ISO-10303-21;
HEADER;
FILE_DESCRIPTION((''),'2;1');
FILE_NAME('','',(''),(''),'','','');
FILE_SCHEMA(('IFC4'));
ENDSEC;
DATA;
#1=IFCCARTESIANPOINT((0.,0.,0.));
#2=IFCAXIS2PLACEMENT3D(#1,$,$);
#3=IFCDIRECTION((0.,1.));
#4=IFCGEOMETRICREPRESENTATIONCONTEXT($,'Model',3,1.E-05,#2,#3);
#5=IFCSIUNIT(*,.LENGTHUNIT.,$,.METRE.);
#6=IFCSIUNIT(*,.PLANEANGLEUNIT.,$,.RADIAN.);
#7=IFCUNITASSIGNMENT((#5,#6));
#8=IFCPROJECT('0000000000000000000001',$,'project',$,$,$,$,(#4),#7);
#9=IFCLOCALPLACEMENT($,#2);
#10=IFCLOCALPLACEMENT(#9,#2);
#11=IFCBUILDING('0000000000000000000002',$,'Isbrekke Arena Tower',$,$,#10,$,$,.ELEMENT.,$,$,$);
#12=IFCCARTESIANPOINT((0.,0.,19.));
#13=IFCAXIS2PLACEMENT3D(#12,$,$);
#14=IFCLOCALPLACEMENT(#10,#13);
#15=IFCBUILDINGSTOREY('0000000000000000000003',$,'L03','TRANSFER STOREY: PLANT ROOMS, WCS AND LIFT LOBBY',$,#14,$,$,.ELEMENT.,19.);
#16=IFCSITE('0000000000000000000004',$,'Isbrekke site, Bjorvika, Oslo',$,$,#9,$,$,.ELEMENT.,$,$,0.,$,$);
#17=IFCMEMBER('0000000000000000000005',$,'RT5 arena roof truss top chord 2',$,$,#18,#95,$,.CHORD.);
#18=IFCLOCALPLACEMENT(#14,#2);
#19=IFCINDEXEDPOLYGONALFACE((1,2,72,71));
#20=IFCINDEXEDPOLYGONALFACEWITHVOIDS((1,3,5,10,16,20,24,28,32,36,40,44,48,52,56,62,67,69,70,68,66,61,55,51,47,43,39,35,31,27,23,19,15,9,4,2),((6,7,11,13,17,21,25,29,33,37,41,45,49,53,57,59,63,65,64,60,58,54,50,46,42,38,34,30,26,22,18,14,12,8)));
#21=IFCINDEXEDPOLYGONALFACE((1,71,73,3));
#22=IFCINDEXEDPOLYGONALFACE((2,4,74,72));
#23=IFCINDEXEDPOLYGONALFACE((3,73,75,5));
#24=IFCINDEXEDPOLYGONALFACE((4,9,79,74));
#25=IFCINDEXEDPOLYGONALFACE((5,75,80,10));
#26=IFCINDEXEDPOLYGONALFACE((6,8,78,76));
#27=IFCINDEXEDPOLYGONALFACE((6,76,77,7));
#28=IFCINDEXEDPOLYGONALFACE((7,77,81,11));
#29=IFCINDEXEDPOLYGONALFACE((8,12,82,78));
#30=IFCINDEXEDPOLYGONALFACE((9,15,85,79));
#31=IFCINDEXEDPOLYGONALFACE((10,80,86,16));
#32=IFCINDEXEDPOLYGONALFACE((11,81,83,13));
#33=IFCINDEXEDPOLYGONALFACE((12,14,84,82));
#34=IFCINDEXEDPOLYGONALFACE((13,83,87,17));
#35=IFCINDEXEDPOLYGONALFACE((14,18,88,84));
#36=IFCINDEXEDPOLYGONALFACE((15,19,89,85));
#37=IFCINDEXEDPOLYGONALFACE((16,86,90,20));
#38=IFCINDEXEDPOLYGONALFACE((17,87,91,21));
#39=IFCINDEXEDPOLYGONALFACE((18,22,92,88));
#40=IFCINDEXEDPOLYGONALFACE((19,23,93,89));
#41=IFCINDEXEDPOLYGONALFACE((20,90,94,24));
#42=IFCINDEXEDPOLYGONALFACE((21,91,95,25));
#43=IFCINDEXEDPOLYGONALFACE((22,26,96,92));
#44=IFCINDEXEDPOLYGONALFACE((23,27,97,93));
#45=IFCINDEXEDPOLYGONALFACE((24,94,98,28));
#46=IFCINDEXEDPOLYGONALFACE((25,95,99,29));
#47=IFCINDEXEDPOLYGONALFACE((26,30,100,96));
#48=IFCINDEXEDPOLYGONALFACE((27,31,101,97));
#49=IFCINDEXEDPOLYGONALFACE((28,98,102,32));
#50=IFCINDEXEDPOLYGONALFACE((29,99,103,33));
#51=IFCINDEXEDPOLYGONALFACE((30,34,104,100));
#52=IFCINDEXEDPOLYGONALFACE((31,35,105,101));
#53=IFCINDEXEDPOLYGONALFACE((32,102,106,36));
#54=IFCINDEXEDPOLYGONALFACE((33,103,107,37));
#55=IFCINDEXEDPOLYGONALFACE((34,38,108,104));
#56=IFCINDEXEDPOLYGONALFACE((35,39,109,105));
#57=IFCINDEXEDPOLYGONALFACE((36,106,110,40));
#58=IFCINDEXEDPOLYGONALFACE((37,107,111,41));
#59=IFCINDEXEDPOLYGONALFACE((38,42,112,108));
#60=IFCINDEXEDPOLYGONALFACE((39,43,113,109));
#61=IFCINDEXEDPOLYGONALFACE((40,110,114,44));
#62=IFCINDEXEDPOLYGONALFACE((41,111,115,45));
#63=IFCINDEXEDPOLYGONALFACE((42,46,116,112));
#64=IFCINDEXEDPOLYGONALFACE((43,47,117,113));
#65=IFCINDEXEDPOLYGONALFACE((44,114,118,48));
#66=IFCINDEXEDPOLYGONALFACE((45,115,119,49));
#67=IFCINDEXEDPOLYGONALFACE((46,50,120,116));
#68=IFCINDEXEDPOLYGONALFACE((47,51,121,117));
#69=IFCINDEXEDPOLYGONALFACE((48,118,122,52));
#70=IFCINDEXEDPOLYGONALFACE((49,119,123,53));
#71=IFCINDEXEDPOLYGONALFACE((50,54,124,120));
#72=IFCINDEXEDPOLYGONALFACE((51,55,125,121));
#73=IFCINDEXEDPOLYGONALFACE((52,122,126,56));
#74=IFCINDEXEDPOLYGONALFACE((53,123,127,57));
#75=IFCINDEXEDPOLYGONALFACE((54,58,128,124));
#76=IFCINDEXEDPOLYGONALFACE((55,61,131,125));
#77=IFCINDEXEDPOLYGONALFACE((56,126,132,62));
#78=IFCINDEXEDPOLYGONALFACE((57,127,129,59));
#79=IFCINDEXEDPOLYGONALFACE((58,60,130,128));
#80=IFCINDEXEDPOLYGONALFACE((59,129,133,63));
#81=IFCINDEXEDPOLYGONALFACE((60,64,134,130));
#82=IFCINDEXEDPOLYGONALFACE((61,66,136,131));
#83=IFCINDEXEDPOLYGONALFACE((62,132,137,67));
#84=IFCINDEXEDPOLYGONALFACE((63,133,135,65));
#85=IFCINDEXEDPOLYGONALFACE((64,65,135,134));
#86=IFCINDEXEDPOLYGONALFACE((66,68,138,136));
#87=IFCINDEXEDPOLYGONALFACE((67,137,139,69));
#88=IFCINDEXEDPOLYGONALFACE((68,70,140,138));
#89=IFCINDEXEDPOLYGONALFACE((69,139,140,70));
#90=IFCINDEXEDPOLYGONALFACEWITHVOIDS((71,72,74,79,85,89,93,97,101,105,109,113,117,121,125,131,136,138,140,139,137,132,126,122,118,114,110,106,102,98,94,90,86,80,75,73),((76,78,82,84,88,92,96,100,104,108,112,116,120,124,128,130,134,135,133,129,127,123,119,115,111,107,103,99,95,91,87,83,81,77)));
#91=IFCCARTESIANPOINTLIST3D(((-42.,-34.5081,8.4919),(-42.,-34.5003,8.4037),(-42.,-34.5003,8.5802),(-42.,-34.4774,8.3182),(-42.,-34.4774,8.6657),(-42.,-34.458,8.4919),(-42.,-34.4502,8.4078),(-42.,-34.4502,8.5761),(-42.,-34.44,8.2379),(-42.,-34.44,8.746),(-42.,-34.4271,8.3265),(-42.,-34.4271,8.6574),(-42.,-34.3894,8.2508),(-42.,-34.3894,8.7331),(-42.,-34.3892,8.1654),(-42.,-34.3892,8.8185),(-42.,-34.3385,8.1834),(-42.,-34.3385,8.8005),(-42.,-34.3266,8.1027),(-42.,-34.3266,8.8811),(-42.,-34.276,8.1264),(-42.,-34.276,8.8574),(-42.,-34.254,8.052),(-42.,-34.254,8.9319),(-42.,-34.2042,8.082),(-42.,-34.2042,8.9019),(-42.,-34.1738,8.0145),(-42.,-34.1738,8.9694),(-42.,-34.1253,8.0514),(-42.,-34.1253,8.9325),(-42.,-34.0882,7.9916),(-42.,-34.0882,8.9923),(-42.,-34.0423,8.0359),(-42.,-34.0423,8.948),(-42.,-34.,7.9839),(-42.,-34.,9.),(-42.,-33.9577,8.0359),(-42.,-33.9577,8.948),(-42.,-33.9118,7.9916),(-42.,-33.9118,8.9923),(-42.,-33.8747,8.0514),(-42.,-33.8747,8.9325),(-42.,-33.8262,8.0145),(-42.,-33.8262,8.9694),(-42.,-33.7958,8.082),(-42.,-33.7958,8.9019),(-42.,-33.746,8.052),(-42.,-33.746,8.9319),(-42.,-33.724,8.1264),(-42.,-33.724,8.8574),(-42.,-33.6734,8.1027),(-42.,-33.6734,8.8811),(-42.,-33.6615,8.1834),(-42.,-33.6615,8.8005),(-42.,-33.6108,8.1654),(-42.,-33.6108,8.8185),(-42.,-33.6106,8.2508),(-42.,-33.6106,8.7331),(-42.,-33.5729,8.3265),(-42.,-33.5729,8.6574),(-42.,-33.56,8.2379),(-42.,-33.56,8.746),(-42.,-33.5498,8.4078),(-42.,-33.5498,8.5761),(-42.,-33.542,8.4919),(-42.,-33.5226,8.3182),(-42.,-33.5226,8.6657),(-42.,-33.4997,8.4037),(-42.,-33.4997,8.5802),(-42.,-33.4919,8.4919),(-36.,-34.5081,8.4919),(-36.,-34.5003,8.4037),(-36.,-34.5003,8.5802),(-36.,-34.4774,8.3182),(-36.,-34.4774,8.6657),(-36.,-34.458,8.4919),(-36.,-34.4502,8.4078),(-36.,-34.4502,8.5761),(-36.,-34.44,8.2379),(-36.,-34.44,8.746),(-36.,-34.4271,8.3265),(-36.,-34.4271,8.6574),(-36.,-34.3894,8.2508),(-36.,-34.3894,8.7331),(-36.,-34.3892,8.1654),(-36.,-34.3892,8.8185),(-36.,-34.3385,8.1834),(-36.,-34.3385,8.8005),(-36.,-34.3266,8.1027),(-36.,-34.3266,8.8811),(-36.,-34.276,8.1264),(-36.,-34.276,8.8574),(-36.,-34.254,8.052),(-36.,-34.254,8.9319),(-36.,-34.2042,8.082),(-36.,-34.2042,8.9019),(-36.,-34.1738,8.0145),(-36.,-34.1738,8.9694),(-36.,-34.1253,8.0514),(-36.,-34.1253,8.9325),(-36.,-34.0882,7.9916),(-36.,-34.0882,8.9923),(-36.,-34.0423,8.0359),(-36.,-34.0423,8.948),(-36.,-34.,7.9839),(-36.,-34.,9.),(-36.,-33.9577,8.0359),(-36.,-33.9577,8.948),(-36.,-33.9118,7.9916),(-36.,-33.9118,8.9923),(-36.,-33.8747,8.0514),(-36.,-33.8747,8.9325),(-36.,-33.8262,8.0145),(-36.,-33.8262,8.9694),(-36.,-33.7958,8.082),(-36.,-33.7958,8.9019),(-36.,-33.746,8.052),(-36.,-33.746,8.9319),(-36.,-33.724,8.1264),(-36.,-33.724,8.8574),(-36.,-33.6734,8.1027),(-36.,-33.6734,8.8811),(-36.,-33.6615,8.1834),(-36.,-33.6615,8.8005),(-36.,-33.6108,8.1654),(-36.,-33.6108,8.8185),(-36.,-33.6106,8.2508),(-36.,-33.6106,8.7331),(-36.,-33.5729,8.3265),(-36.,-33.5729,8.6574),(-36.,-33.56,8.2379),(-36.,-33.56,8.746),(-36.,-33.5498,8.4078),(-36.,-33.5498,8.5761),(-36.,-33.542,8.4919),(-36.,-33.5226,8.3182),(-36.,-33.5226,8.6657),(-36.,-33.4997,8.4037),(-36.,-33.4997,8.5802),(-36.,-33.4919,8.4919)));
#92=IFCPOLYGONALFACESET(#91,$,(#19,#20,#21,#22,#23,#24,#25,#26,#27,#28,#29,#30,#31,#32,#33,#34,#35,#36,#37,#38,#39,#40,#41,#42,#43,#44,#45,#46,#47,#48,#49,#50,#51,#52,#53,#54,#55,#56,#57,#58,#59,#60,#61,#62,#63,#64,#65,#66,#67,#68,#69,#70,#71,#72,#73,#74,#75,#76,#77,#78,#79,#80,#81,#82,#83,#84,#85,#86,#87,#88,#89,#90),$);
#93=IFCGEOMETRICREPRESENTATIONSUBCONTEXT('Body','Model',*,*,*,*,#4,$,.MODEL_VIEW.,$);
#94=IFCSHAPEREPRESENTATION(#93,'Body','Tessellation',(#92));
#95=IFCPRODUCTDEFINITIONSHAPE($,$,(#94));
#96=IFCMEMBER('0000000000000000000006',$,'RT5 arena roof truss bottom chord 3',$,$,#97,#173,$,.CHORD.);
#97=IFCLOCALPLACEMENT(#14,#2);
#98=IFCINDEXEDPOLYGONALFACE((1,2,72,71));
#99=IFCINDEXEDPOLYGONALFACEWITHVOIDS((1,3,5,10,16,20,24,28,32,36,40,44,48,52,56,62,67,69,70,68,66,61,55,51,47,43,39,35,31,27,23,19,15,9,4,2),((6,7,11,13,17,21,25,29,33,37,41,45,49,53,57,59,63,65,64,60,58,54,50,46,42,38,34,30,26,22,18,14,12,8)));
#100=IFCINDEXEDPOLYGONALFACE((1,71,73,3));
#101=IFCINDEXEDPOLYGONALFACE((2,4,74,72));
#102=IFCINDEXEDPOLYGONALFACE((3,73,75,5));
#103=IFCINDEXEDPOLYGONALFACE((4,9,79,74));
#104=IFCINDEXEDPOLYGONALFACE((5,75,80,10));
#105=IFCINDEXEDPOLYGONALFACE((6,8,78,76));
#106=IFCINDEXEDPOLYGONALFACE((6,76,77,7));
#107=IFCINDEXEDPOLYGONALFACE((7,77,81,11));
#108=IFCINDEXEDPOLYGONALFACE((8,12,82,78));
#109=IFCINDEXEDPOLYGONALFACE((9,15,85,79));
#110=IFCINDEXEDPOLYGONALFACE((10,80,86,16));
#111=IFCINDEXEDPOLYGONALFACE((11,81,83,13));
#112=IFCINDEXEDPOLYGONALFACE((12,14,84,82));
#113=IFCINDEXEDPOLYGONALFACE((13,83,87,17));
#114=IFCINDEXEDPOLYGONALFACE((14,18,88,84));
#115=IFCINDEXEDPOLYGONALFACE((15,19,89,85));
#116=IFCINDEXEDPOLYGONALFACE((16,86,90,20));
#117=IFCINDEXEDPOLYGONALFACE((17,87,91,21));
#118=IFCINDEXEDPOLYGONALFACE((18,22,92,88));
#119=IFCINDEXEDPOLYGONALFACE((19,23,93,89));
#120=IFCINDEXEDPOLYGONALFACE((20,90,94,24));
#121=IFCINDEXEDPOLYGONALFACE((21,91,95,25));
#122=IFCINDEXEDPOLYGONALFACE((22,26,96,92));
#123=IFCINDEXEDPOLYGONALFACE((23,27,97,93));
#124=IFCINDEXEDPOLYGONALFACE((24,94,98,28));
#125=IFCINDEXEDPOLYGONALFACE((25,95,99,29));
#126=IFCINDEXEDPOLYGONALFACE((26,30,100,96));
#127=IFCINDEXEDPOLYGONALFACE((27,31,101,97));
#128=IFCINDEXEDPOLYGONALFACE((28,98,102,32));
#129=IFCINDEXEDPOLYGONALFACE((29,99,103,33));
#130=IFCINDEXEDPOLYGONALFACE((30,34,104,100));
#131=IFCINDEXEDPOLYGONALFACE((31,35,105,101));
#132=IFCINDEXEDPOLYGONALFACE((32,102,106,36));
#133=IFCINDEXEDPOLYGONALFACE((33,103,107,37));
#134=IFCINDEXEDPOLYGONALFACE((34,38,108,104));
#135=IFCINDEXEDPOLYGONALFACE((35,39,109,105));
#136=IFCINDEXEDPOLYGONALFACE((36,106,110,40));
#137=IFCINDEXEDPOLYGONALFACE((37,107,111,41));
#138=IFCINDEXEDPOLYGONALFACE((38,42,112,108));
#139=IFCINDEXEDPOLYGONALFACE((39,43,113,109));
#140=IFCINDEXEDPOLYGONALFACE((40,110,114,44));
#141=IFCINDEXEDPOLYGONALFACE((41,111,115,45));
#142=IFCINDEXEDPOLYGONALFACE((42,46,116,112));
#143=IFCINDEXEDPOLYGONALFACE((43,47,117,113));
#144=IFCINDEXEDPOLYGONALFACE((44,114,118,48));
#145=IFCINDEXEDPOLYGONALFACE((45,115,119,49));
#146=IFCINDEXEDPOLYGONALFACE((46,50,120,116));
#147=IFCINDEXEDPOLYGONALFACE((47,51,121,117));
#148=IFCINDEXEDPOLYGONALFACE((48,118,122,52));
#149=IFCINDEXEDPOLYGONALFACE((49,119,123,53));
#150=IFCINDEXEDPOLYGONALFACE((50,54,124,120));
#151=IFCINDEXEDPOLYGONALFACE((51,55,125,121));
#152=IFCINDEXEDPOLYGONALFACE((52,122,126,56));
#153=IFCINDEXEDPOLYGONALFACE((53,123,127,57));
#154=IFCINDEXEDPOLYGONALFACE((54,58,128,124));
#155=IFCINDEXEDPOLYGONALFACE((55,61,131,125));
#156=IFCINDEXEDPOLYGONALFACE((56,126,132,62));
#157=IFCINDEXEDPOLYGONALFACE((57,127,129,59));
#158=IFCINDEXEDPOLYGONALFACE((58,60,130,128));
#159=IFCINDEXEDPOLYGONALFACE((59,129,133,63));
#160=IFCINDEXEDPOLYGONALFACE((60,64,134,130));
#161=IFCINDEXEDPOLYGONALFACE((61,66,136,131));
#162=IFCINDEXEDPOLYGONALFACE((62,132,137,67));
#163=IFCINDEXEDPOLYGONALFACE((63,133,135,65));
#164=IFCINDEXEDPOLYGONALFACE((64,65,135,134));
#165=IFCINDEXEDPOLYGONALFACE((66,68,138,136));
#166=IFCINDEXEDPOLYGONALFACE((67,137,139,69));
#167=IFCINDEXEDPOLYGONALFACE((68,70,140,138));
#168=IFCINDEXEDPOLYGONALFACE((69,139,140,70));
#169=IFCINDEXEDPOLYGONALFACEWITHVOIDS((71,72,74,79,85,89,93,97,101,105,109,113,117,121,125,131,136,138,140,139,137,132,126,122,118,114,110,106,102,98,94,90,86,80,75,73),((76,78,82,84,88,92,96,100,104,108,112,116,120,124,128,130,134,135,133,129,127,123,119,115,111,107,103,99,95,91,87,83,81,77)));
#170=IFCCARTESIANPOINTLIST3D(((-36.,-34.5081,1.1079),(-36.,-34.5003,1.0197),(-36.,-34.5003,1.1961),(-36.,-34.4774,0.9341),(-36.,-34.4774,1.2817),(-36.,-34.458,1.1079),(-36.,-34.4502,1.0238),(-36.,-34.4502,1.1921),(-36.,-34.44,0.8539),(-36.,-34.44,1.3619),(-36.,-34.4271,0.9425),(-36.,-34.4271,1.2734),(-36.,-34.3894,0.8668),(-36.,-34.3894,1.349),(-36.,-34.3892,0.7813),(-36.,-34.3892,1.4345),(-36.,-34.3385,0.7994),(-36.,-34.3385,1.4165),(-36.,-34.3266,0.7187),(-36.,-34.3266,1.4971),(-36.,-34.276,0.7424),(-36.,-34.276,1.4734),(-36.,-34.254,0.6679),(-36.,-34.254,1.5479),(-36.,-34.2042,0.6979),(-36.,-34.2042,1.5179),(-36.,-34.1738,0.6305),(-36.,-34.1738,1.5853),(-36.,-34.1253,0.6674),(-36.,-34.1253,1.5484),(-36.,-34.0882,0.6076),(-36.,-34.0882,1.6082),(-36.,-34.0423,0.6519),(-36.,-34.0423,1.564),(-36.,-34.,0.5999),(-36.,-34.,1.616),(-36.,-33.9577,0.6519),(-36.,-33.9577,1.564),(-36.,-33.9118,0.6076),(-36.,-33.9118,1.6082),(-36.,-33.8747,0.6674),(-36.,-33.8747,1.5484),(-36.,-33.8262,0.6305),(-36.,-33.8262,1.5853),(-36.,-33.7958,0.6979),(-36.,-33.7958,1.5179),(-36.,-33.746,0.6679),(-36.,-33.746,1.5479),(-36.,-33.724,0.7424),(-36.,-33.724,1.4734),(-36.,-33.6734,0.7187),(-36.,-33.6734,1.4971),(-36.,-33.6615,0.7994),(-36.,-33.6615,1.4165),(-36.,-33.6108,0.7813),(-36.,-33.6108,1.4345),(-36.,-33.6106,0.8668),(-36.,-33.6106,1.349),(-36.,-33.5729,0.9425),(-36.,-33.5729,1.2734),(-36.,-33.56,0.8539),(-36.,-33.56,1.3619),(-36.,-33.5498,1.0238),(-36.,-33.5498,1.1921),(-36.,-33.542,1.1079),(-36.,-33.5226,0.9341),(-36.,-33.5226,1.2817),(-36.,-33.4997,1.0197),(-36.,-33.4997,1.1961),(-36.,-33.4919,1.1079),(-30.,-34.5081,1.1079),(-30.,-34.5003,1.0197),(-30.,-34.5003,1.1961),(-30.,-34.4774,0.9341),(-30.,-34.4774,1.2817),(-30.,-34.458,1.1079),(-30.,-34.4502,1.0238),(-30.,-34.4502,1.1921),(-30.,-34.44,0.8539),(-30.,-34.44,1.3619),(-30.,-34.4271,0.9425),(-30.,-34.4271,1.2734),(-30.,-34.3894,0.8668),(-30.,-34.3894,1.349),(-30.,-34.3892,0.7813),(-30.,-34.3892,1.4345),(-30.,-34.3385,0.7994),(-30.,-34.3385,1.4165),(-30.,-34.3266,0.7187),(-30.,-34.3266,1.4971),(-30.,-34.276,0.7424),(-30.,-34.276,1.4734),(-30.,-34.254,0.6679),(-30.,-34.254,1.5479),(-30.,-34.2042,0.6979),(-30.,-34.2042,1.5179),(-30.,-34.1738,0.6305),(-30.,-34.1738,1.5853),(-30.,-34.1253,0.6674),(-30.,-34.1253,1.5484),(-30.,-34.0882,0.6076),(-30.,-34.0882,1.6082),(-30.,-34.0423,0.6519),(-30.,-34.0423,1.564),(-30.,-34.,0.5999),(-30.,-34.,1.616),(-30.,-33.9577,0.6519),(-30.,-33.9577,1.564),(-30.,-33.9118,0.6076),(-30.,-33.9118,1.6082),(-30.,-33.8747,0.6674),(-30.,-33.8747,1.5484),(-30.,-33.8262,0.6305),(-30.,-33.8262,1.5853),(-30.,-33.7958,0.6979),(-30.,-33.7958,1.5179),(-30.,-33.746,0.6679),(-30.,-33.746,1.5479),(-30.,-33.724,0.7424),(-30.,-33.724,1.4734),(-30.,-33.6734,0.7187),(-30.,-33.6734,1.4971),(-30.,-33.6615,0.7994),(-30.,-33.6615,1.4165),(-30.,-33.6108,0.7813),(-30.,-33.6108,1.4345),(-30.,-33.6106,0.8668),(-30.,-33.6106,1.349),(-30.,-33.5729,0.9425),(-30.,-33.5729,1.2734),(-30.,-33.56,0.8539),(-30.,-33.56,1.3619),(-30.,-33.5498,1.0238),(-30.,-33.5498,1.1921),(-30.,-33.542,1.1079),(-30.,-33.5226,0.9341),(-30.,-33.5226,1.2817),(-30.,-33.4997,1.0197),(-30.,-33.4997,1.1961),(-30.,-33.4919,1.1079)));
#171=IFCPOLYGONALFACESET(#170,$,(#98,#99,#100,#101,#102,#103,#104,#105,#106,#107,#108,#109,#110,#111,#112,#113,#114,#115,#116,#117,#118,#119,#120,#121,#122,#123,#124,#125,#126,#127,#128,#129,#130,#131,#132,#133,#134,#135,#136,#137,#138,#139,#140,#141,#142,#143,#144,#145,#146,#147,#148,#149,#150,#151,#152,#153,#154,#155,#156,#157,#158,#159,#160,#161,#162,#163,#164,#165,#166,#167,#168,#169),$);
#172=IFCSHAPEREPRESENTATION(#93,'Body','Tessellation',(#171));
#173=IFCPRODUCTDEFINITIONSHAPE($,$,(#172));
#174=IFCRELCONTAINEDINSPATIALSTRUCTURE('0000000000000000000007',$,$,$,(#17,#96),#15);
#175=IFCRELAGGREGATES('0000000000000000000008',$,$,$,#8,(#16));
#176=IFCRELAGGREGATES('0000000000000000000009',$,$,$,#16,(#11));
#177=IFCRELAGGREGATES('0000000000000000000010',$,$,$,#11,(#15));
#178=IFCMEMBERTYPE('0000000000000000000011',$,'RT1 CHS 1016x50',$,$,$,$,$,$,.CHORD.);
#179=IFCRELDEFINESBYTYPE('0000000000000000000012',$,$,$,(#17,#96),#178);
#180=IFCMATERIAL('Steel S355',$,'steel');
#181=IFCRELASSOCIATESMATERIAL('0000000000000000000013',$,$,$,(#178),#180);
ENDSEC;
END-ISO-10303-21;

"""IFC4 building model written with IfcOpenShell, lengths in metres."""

from ifc_helpers import new_model, si_unit, direction, frame, origin, origin_2d, place, context, subcontext, project, spatial, hollow_circle, extrude, material, material_profile, profile_set, type_object, element, save


model = new_model("IFC4")

# Units and contexts
model_context = context("Model", 3, precision=1e-05, world=origin(), true_north=direction((0.0, 1.0)))
body_context = subcontext(model_context, "Body", "Model", "MODEL_VIEW")
ifc_project = project(units=[si_unit("LENGTHUNIT", "METRE"), si_unit("PLANEANGLEUNIT", "RADIAN")], contexts=[model_context])

# Site, building, storey
site_placement = place(None, origin())
site = spatial("IfcSite", under=ifc_project, at=site_placement, Name="Isbrekke site, Bjorvika, Oslo", CompositionType="ELEMENT", RefElevation=0.0)
building_placement = place(site_placement, origin())
building = spatial("IfcBuilding", under=site, at=building_placement, Name="Isbrekke Arena Tower", CompositionType="ELEMENT")
storey_placement = place(building_placement, frame((0.0, 0.0, 19.0)))
storey = spatial("IfcBuildingStorey", under=building, at=storey_placement, Name="L03", Description="TRANSFER STOREY: PLANT ROOMS, WCS AND LIFT LOBBY", CompositionType="ELEMENT", Elevation=19.0)

# Members
ifc_material_1 = material(Name="Steel S355", Category="steel")
ifc_material_profile_1 = material_profile(ifc_material_1, hollow_circle(Radius=0.5081, WallThickness=0.05, at=origin_2d()), Name="CHS 1016x50")
ifc_profile_set_1 = profile_set([ifc_material_profile_1], Name="Steel S355")
member_type_1 = type_object("IfcMemberType", Name="RT1 CHS 1016x50", PredefinedType="CHORD", material=ifc_profile_set_1)
for number, where, z_axis, x_axis, name in (
    (1, (-42.0, -34.0, 8.4919), (1.0, 0.0, 0.0), (0.0, 1.0, 0.0), "RT5 arena roof truss top chord 2"),
    (2, (-36.0, -34.0, 1.1079), (1.0, 0.0, 0.0), (0.0, 1.0, 0.0), "RT5 arena roof truss bottom chord 3"),
):
    element("IfcMember", number, at=place(storey_placement, frame(where, z_axis=z_axis, x_axis=x_axis)), inside=storey, type_object=member_type_1, Name=name, PredefinedType="CHORD", context=body_context, shape_type="SweptSolid", body=[
        extrude(hollow_circle(Radius=0.5081, WallThickness=0.05, at=origin_2d()), origin(), (0.0, 0.0, 1.0), 6.0),
    ])

save(model, "model.ifc")
